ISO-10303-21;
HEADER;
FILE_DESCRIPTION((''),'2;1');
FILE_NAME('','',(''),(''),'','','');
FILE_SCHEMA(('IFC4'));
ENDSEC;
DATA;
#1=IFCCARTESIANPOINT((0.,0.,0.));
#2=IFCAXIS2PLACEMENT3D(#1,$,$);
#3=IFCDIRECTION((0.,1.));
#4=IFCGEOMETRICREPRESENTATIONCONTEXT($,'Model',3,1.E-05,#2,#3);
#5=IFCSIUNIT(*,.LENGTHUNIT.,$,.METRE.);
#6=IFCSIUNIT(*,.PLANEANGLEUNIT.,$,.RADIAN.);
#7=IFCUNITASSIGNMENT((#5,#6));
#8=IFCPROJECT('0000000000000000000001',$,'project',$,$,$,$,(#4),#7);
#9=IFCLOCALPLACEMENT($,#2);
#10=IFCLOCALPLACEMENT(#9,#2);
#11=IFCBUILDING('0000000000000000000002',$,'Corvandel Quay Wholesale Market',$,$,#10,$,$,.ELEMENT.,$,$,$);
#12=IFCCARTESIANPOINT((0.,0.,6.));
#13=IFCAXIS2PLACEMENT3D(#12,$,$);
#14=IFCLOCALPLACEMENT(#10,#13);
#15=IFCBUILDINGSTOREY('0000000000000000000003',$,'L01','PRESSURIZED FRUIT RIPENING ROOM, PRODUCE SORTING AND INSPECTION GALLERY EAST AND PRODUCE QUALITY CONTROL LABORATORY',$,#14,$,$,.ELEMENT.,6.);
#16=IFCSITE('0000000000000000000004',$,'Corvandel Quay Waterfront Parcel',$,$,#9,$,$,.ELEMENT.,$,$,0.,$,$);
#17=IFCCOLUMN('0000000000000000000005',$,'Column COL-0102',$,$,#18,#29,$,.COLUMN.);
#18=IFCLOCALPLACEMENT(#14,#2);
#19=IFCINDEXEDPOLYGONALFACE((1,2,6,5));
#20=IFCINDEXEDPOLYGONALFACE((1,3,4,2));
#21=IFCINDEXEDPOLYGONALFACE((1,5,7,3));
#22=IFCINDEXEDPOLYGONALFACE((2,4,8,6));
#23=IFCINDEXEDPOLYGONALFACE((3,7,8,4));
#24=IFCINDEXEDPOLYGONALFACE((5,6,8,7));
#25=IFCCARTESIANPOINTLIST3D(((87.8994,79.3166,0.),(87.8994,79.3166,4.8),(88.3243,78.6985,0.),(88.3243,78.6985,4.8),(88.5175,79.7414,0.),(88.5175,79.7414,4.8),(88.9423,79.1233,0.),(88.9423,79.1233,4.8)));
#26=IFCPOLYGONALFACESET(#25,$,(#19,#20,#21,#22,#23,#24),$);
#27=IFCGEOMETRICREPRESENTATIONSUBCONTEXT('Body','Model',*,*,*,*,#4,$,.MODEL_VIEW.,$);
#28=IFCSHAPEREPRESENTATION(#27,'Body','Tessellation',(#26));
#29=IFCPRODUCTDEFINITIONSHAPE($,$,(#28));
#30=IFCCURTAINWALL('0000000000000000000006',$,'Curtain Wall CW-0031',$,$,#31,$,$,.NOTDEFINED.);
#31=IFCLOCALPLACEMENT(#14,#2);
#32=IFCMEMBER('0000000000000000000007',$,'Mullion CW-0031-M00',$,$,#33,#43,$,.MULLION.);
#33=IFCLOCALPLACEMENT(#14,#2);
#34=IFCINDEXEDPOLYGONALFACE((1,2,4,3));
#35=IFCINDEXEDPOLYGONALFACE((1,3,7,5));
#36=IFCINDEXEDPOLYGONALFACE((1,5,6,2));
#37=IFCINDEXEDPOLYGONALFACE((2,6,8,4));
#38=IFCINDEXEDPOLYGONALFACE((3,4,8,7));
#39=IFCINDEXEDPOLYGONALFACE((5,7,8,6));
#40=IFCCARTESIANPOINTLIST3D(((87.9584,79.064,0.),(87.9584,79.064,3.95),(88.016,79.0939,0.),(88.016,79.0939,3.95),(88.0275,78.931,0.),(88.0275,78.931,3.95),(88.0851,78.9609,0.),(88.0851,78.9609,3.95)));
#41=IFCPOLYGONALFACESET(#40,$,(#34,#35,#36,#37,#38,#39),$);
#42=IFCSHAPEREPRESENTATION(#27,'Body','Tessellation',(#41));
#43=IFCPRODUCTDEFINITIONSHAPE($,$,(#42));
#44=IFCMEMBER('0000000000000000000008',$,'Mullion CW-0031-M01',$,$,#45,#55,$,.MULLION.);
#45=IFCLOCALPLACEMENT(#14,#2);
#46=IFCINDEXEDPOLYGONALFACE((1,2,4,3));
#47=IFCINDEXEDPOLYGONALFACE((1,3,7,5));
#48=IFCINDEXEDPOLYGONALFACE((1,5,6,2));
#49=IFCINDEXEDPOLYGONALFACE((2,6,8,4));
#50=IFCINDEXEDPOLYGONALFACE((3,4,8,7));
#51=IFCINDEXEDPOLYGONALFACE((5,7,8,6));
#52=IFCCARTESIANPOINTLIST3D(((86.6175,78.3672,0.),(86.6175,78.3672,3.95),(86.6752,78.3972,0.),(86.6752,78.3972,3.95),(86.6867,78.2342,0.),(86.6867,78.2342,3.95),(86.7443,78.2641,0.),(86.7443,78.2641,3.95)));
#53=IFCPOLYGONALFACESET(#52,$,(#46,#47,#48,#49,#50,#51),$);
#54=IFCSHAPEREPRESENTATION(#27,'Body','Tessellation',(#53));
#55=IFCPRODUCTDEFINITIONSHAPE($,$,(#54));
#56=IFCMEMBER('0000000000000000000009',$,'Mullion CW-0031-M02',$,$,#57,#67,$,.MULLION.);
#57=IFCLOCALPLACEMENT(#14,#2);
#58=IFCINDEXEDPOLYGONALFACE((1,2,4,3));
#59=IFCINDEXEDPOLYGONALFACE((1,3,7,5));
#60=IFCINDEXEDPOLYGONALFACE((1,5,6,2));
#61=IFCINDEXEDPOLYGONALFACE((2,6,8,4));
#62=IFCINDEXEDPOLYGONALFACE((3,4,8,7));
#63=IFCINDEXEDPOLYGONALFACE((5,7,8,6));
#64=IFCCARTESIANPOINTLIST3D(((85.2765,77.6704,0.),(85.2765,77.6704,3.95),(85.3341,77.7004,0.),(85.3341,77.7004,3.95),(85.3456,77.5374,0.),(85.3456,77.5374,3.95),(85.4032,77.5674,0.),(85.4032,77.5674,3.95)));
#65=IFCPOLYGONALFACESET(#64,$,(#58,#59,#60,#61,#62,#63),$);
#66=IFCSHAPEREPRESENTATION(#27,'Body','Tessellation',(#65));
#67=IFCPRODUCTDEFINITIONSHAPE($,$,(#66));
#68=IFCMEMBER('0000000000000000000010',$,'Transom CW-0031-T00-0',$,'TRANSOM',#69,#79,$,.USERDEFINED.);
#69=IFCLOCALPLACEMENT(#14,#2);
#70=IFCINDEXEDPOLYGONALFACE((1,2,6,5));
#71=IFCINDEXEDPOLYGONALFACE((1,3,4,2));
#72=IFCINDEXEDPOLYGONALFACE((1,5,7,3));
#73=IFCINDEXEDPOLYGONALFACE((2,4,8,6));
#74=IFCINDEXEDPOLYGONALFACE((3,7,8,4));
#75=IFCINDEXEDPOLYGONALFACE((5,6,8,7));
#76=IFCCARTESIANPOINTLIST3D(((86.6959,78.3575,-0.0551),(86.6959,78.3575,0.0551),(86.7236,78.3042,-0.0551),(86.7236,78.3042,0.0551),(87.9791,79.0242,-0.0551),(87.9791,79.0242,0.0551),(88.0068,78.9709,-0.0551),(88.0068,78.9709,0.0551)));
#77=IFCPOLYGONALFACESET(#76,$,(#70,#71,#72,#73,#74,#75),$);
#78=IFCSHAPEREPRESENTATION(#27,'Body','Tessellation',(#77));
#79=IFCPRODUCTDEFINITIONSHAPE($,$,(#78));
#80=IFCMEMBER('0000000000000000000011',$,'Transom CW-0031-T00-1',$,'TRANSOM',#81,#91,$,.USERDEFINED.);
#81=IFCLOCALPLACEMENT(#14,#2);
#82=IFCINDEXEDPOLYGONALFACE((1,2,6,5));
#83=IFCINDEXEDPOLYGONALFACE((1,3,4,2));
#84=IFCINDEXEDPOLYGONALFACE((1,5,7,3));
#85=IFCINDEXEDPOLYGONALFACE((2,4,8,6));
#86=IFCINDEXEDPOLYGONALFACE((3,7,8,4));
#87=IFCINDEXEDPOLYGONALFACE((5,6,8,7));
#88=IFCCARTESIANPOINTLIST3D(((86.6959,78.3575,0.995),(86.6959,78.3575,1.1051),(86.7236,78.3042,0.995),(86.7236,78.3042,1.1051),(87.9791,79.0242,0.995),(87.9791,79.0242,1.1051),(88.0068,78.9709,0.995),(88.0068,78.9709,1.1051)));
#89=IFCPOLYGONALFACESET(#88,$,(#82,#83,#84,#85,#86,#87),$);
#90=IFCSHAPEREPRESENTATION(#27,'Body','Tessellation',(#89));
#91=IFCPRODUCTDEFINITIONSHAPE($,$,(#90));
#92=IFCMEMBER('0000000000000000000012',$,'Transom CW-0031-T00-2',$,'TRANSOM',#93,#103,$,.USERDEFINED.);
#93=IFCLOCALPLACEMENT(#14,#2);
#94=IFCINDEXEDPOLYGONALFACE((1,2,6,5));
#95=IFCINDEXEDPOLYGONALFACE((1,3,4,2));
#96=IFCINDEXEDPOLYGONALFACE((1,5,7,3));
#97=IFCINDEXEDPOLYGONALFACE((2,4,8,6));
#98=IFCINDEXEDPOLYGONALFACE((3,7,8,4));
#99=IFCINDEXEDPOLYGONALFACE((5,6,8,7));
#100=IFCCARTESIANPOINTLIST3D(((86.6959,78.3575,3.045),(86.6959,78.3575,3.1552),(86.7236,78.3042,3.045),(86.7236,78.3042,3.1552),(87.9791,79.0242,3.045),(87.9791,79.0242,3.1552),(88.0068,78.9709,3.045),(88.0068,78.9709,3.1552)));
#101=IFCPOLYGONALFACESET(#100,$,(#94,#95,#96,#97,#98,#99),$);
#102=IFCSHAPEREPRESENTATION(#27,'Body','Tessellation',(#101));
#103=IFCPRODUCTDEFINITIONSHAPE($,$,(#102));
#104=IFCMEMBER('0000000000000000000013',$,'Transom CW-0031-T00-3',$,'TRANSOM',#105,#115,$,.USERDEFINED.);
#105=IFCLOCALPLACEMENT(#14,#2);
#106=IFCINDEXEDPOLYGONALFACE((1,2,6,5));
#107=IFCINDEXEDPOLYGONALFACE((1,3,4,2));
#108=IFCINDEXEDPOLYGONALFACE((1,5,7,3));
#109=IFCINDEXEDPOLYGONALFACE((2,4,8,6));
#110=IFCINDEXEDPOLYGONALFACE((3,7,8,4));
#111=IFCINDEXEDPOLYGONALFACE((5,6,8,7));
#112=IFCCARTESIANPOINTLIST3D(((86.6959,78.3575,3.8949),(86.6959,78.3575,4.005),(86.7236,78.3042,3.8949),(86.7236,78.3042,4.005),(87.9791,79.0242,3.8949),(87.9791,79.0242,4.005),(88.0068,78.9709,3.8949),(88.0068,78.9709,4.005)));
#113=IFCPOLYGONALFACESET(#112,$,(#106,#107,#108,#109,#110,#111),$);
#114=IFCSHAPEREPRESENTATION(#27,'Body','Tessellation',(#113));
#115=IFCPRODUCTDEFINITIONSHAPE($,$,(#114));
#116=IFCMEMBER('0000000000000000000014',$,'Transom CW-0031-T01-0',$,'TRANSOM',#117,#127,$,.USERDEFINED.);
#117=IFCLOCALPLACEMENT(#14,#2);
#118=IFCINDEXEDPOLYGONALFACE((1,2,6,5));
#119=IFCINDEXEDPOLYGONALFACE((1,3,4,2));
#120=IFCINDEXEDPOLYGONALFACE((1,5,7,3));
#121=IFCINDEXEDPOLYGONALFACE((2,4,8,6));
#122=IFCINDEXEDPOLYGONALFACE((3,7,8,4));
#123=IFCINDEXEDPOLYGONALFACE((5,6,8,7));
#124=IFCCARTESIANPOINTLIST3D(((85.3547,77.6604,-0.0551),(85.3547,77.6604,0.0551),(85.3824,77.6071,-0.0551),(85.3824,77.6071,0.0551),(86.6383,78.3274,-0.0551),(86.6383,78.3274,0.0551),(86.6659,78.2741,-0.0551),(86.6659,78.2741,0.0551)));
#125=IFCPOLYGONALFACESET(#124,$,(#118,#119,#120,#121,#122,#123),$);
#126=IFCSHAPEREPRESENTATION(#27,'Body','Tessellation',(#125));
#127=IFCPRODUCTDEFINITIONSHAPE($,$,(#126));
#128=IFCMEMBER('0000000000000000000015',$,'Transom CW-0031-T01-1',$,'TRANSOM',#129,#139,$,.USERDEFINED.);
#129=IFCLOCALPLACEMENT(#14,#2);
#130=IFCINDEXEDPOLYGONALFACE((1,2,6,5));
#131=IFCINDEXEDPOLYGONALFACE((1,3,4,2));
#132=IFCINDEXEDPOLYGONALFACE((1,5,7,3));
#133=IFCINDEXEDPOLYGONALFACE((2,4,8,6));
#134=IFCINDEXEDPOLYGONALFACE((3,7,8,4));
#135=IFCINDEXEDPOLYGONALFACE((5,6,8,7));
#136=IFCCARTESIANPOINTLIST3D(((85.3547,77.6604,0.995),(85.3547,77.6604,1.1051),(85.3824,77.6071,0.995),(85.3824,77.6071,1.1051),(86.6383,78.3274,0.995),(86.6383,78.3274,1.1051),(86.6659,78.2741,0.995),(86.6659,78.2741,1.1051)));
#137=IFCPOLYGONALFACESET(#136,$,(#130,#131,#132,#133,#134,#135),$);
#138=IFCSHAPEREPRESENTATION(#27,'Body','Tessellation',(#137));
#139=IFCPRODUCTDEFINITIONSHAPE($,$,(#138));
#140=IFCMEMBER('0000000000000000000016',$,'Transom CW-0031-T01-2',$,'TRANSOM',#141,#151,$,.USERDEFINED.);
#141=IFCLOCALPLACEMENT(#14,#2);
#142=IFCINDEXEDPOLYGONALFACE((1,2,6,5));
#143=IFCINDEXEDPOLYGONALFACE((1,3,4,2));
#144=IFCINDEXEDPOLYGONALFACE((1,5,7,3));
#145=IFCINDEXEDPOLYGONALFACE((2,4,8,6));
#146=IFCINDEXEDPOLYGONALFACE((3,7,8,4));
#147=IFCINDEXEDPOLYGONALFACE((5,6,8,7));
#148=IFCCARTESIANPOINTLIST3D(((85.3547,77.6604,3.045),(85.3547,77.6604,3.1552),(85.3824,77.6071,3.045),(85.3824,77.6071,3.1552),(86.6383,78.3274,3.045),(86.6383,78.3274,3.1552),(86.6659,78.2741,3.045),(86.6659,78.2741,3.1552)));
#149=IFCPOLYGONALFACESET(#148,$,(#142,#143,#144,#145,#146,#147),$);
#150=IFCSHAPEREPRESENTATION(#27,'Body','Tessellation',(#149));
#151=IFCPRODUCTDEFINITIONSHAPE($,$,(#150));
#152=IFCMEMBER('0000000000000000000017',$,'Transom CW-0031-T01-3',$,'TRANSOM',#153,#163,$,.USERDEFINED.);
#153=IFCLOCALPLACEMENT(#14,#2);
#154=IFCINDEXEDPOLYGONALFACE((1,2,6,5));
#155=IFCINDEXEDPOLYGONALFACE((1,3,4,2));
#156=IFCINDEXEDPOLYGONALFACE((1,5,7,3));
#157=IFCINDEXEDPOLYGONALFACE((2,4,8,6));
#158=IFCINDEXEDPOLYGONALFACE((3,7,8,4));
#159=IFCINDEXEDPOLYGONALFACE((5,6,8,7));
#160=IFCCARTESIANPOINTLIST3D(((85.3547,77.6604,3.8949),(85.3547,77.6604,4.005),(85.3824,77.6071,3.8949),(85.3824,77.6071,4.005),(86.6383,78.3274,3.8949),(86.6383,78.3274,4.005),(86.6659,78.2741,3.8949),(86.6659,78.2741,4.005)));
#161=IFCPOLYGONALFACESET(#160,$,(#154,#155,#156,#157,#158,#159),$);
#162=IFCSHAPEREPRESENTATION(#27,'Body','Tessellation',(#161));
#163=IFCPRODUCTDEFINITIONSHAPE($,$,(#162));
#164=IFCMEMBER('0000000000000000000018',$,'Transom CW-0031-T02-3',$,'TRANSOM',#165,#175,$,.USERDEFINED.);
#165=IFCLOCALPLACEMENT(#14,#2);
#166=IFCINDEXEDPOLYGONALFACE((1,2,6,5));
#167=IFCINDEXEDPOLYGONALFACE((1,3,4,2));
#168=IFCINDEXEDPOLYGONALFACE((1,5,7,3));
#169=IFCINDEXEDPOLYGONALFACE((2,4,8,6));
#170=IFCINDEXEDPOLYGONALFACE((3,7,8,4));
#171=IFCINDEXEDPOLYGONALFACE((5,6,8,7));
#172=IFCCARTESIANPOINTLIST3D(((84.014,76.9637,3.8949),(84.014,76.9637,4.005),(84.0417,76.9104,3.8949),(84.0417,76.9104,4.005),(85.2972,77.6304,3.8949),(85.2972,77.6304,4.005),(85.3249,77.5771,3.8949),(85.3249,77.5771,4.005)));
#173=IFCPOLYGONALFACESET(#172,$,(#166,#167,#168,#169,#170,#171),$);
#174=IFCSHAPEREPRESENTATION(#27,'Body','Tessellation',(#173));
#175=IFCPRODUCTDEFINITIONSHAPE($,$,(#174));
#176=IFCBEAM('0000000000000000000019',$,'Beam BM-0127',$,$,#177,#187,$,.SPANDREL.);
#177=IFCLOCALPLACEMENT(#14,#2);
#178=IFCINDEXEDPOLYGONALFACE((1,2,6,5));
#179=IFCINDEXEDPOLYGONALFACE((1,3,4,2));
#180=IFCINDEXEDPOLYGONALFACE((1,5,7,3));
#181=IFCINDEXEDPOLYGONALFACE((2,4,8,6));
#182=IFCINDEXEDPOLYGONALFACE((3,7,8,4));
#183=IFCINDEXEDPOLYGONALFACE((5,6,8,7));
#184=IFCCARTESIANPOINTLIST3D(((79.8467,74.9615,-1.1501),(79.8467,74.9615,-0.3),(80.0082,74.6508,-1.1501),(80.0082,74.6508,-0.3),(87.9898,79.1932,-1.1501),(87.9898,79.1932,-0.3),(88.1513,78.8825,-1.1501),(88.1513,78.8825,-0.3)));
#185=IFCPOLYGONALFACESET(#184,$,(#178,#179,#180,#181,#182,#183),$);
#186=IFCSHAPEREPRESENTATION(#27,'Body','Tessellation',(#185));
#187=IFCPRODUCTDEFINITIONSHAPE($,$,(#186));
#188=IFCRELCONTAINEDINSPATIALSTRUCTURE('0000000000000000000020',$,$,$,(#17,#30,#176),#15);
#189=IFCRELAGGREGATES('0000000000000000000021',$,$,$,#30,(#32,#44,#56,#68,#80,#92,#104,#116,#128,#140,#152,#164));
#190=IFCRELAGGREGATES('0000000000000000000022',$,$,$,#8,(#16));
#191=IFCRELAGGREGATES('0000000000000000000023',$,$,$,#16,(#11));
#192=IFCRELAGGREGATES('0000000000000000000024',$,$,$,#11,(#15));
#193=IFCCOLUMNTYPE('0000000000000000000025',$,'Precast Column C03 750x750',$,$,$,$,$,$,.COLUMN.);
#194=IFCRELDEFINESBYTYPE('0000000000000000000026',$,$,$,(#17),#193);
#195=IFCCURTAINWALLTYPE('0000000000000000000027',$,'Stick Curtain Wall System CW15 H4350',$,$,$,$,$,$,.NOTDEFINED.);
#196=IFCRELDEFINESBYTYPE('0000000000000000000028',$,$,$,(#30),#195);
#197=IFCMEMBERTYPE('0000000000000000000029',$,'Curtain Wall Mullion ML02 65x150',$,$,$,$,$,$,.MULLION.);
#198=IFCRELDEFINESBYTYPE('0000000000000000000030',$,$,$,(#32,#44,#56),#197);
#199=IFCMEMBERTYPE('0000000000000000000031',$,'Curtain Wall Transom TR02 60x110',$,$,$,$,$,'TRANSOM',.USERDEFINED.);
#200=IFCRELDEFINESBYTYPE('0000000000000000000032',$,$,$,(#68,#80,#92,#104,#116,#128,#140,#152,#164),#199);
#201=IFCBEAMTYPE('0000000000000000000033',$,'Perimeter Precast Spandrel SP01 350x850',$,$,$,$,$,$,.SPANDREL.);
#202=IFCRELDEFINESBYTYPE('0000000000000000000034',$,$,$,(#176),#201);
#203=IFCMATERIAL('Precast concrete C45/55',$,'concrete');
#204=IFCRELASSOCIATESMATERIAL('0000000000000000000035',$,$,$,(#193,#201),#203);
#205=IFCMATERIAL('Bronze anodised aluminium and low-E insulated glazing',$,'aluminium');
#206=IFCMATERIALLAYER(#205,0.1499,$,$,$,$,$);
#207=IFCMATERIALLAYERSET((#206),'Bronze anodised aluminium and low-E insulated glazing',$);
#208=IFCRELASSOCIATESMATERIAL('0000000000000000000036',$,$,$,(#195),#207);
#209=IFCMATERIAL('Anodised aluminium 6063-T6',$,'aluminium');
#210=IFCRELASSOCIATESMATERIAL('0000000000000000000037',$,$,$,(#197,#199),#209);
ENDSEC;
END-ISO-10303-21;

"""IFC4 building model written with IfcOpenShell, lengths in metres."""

from ifc_helpers import new_model, si_unit, direction, frame, origin, origin_2d, place, context, subcontext, project, spatial, rectangle, extrude, material, layer, layer_set, material_profile, profile_set, type_object, element, aggregate, save


model = new_model("IFC4")

# Units and contexts
model_context = context("Model", 3, precision=1e-05, world=origin(), true_north=direction((0.0, 1.0)))
body_context = subcontext(model_context, "Body", "Model", "MODEL_VIEW")
ifc_project = project(units=[si_unit("LENGTHUNIT", "METRE"), si_unit("PLANEANGLEUNIT", "RADIAN")], contexts=[model_context])

# Site, building, storey
site_placement = place(None, origin())
site = spatial("IfcSite", under=ifc_project, at=site_placement, Name="Corvandel Quay Waterfront Parcel", CompositionType="ELEMENT", RefElevation=0.0)
building_placement = place(site_placement, origin())
building = spatial("IfcBuilding", under=site, at=building_placement, Name="Corvandel Quay Wholesale Market", CompositionType="ELEMENT")
storey_placement = place(building_placement, frame((0.0, 0.0, 6.0)))
storey = spatial("IfcBuildingStorey", under=building, at=storey_placement, Name="L01", Description="PRESSURIZED FRUIT RIPENING ROOM, PRODUCE SORTING AND INSPECTION GALLERY EAST AND PRODUCE QUALITY CONTROL LABORATORY", CompositionType="ELEMENT", Elevation=6.0)

# Column
ifc_material_1 = material(Name="Precast concrete C45/55", Category="concrete")
ifc_material_profile_1 = material_profile(ifc_material_1, rectangle(XDim=0.75, YDim=0.75, at=origin_2d()), Name="PC-COL-750x750")
ifc_profile_set_1 = profile_set([ifc_material_profile_1], Name="Precast concrete C45/55")
column_type = type_object("IfcColumnType", Name="Precast Column C03 750x750", PredefinedType="COLUMN", material=ifc_profile_set_1)
column_placement = place(storey_placement, frame((88.4209, 79.22, 0.0), z_axis=(0.0, 0.0, 1.0), x_axis=(0.824126, 0.566406, 0.0)))
element("IfcColumn", 1, at=column_placement, inside=storey, type_object=column_type, Name="Column COL-0102", PredefinedType="COLUMN", context=body_context, shape_type="SweptSolid", body=[
    extrude(rectangle(XDim=0.75, YDim=0.75, at=origin_2d()), origin(), (0.0, 0.0, 1.0), 4.8),
])

# Curtain wall, members
ifc_material_2 = material(Name="Bronze anodised aluminium and low-E insulated glazing", Category="aluminium")
ifc_layer_1 = layer(ifc_material_2, 0.1499)
ifc_layer_set_1 = layer_set([ifc_layer_1], Name="Bronze anodised aluminium and low-E insulated glazing")
curtain_wall_type = type_object("IfcCurtainWallType", Name="Stick Curtain Wall System CW15 H4350", PredefinedType="NOTDEFINED", material=ifc_layer_set_1)
curtain_wall_placement = place(storey_placement, origin())
curtain_wall = element("IfcCurtainWall", 2, at=curtain_wall_placement, inside=storey, type_object=curtain_wall_type, Name="Curtain Wall CW-0031", PredefinedType="NOTDEFINED")
ifc_material_3 = material(Name="Anodised aluminium 6063-T6", Category="aluminium")
ifc_material_profile_2 = material_profile(ifc_material_3, rectangle(XDim=0.0649, YDim=0.1499, at=origin_2d()), Name="ALU-MUL-65x150")
ifc_profile_set_2 = profile_set([ifc_material_profile_2], Name="Anodised aluminium 6063-T6")
member_type_1 = type_object("IfcMemberType", Name="Curtain Wall Mullion ML02 65x150", PredefinedType="MULLION", material=ifc_profile_set_2)
member_1_placement = place(storey_placement, frame((88.0217, 79.0125, 0.0), z_axis=(0.0, 0.0, 1.0), x_axis=(0.887333, 0.461129, 0.0)))
member_1 = element("IfcMember", 3, at=member_1_placement, type_object=member_type_1, Name="Mullion CW-0031-M00", PredefinedType="MULLION", context=body_context, shape_type="SweptSolid", body=[
    extrude(rectangle(XDim=0.0649, YDim=0.1499, at=origin_2d()), origin(), (0.0, 0.0, 1.0), 3.95),
])
member_2_placement = place(storey_placement, frame((86.6809, 78.3157, 0.0), z_axis=(0.0, 0.0, 1.0), x_axis=(0.887333, 0.461129, 0.0)))
member_2 = element("IfcMember", 4, at=member_2_placement, type_object=member_type_1, Name="Mullion CW-0031-M01", PredefinedType="MULLION", context=body_context, shape_type="SweptSolid", body=[
    extrude(rectangle(XDim=0.0649, YDim=0.1499, at=origin_2d()), origin(), (0.0, 0.0, 1.0), 3.95),
])
member_3_placement = place(storey_placement, frame((85.3398, 77.6189, 0.0), z_axis=(0.0, 0.0, 1.0), x_axis=(0.887333, 0.461129, 0.0)))
member_3 = element("IfcMember", 5, at=member_3_placement, type_object=member_type_1, Name="Mullion CW-0031-M02", PredefinedType="MULLION", context=body_context, shape_type="SweptSolid", body=[
    extrude(rectangle(XDim=0.0649, YDim=0.1499, at=origin_2d()), origin(), (0.0, 0.0, 1.0), 3.95),
])
ifc_material_profile_3 = material_profile(ifc_material_3, rectangle(XDim=0.0601, YDim=0.1101, at=origin_2d()), Name="ALU-TRN-60x110")
ifc_profile_set_3 = profile_set([ifc_material_profile_3], Name="Anodised aluminium 6063-T6")
member_type_2 = type_object("IfcMemberType", Name="Curtain Wall Transom TR02 60x110", ElementType="TRANSOM", PredefinedType="USERDEFINED", material=ifc_profile_set_3)
member_4_placement = place(storey_placement, frame((87.9929, 78.9976, 0.0), z_axis=(-0.887363, -0.461071, 0.0), x_axis=(0.461071, -0.887363, 0.0)))
member_4 = element("IfcMember", 6, at=member_4_placement, type_object=member_type_2, Name="Transom CW-0031-T00-0", ObjectType="TRANSOM", PredefinedType="USERDEFINED", context=body_context, shape_type="SweptSolid", body=[
    extrude(rectangle(XDim=0.0601, YDim=0.1101, at=origin_2d()), origin(), (0.0, 0.0, 1.0), 1.446),
])
member_5_placement = place(storey_placement, frame((87.9929, 78.9976, 1.05), z_axis=(-0.887363, -0.461071, 0.0), x_axis=(0.461071, -0.887363, 0.0)))
member_5 = element("IfcMember", 7, at=member_5_placement, type_object=member_type_2, Name="Transom CW-0031-T00-1", ObjectType="TRANSOM", PredefinedType="USERDEFINED", context=body_context, shape_type="SweptSolid", body=[
    extrude(rectangle(XDim=0.0601, YDim=0.1101, at=origin_2d()), origin(), (0.0, 0.0, 1.0), 1.446),
])
member_6_placement = place(storey_placement, frame((87.9929, 78.9976, 3.1001), z_axis=(-0.887363, -0.461071, 0.0), x_axis=(0.461071, -0.887363, 0.0)))
member_6 = element("IfcMember", 8, at=member_6_placement, type_object=member_type_2, Name="Transom CW-0031-T00-2", ObjectType="TRANSOM", PredefinedType="USERDEFINED", context=body_context, shape_type="SweptSolid", body=[
    extrude(rectangle(XDim=0.0601, YDim=0.1101, at=origin_2d()), origin(), (0.0, 0.0, 1.0), 1.446),
])
member_7_placement = place(storey_placement, frame((87.9929, 78.9976, 3.95), z_axis=(-0.887363, -0.461071, 0.0), x_axis=(0.461071, -0.887363, 0.0)))
member_7 = element("IfcMember", 9, at=member_7_placement, type_object=member_type_2, Name="Transom CW-0031-T00-3", ObjectType="TRANSOM", PredefinedType="USERDEFINED", context=body_context, shape_type="SweptSolid", body=[
    extrude(rectangle(XDim=0.0601, YDim=0.1101, at=origin_2d()), origin(), (0.0, 0.0, 1.0), 1.446),
])
member_8_placement = place(storey_placement, frame((86.6521, 78.3008, 0.0), z_axis=(-0.88733, -0.461135, 0.0), x_axis=(0.461135, -0.88733, 0.0)))
member_8 = element("IfcMember", 10, at=member_8_placement, type_object=member_type_2, Name="Transom CW-0031-T01-0", ObjectType="TRANSOM", PredefinedType="USERDEFINED", context=body_context, shape_type="SweptSolid", body=[
    extrude(rectangle(XDim=0.0601, YDim=0.1101, at=origin_2d()), origin(), (0.0, 0.0, 1.0), 1.4465),
])
member_9_placement = place(storey_placement, frame((86.6521, 78.3008, 1.05), z_axis=(-0.88733, -0.461135, 0.0), x_axis=(0.461135, -0.88733, 0.0)))
member_9 = element("IfcMember", 11, at=member_9_placement, type_object=member_type_2, Name="Transom CW-0031-T01-1", ObjectType="TRANSOM", PredefinedType="USERDEFINED", context=body_context, shape_type="SweptSolid", body=[
    extrude(rectangle(XDim=0.0601, YDim=0.1101, at=origin_2d()), origin(), (0.0, 0.0, 1.0), 1.4465),
])
member_10_placement = place(storey_placement, frame((86.6521, 78.3008, 3.1001), z_axis=(-0.88733, -0.461135, 0.0), x_axis=(0.461135, -0.88733, 0.0)))
member_10 = element("IfcMember", 12, at=member_10_placement, type_object=member_type_2, Name="Transom CW-0031-T01-2", ObjectType="TRANSOM", PredefinedType="USERDEFINED", context=body_context, shape_type="SweptSolid", body=[
    extrude(rectangle(XDim=0.0601, YDim=0.1101, at=origin_2d()), origin(), (0.0, 0.0, 1.0), 1.4465),
])
member_11_placement = place(storey_placement, frame((86.6521, 78.3008, 3.95), z_axis=(-0.88733, -0.461135, 0.0), x_axis=(0.461135, -0.88733, 0.0)))
member_11 = element("IfcMember", 13, at=member_11_placement, type_object=member_type_2, Name="Transom CW-0031-T01-3", ObjectType="TRANSOM", PredefinedType="USERDEFINED", context=body_context, shape_type="SweptSolid", body=[
    extrude(rectangle(XDim=0.0601, YDim=0.1101, at=origin_2d()), origin(), (0.0, 0.0, 1.0), 1.4465),
])
member_12_placement = place(storey_placement, frame((85.311, 77.6038, 3.95), z_axis=(-0.887363, -0.461071, 0.0), x_axis=(0.461071, -0.887363, 0.0)))
member_12 = element("IfcMember", 14, at=member_12_placement, type_object=member_type_2, Name="Transom CW-0031-T02-3", ObjectType="TRANSOM", PredefinedType="USERDEFINED", context=body_context, shape_type="SweptSolid", body=[
    extrude(rectangle(XDim=0.0601, YDim=0.1101, at=origin_2d()), origin(), (0.0, 0.0, 1.0), 1.446),
])

# Beam
ifc_material_profile_4 = material_profile(ifc_material_1, rectangle(XDim=0.3501, YDim=0.8501, at=origin_2d()), Name="PC-SPN-350x850")
ifc_profile_set_4 = profile_set([ifc_material_profile_4], Name="Precast concrete C45/55")
beam_type_1 = type_object("IfcBeamType", Name="Perimeter Precast Spandrel SP01 350x850", PredefinedType="SPANDREL", material=ifc_profile_set_4)
beam_1_placement = place(storey_placement, frame((88.0706, 79.0378, -0.7251), z_axis=(-0.887337, -0.461121, 0.0), x_axis=(0.461121, -0.887337, 0.0)))
element("IfcBeam", 15, at=beam_1_placement, inside=storey, type_object=beam_type_1, Name="Beam BM-0127", PredefinedType="SPANDREL", context=body_context, shape_type="SweptSolid", body=[
    extrude(rectangle(XDim=0.3501, YDim=0.8501, at=origin_2d()), origin(), (0.0, 0.0, 1.0), 9.177),
])

aggregate(curtain_wall, [member_1, member_2, member_3, member_4, member_5, member_6, member_7, member_8, member_9, member_10, member_11, member_12])

save(model, "model.ifc")
